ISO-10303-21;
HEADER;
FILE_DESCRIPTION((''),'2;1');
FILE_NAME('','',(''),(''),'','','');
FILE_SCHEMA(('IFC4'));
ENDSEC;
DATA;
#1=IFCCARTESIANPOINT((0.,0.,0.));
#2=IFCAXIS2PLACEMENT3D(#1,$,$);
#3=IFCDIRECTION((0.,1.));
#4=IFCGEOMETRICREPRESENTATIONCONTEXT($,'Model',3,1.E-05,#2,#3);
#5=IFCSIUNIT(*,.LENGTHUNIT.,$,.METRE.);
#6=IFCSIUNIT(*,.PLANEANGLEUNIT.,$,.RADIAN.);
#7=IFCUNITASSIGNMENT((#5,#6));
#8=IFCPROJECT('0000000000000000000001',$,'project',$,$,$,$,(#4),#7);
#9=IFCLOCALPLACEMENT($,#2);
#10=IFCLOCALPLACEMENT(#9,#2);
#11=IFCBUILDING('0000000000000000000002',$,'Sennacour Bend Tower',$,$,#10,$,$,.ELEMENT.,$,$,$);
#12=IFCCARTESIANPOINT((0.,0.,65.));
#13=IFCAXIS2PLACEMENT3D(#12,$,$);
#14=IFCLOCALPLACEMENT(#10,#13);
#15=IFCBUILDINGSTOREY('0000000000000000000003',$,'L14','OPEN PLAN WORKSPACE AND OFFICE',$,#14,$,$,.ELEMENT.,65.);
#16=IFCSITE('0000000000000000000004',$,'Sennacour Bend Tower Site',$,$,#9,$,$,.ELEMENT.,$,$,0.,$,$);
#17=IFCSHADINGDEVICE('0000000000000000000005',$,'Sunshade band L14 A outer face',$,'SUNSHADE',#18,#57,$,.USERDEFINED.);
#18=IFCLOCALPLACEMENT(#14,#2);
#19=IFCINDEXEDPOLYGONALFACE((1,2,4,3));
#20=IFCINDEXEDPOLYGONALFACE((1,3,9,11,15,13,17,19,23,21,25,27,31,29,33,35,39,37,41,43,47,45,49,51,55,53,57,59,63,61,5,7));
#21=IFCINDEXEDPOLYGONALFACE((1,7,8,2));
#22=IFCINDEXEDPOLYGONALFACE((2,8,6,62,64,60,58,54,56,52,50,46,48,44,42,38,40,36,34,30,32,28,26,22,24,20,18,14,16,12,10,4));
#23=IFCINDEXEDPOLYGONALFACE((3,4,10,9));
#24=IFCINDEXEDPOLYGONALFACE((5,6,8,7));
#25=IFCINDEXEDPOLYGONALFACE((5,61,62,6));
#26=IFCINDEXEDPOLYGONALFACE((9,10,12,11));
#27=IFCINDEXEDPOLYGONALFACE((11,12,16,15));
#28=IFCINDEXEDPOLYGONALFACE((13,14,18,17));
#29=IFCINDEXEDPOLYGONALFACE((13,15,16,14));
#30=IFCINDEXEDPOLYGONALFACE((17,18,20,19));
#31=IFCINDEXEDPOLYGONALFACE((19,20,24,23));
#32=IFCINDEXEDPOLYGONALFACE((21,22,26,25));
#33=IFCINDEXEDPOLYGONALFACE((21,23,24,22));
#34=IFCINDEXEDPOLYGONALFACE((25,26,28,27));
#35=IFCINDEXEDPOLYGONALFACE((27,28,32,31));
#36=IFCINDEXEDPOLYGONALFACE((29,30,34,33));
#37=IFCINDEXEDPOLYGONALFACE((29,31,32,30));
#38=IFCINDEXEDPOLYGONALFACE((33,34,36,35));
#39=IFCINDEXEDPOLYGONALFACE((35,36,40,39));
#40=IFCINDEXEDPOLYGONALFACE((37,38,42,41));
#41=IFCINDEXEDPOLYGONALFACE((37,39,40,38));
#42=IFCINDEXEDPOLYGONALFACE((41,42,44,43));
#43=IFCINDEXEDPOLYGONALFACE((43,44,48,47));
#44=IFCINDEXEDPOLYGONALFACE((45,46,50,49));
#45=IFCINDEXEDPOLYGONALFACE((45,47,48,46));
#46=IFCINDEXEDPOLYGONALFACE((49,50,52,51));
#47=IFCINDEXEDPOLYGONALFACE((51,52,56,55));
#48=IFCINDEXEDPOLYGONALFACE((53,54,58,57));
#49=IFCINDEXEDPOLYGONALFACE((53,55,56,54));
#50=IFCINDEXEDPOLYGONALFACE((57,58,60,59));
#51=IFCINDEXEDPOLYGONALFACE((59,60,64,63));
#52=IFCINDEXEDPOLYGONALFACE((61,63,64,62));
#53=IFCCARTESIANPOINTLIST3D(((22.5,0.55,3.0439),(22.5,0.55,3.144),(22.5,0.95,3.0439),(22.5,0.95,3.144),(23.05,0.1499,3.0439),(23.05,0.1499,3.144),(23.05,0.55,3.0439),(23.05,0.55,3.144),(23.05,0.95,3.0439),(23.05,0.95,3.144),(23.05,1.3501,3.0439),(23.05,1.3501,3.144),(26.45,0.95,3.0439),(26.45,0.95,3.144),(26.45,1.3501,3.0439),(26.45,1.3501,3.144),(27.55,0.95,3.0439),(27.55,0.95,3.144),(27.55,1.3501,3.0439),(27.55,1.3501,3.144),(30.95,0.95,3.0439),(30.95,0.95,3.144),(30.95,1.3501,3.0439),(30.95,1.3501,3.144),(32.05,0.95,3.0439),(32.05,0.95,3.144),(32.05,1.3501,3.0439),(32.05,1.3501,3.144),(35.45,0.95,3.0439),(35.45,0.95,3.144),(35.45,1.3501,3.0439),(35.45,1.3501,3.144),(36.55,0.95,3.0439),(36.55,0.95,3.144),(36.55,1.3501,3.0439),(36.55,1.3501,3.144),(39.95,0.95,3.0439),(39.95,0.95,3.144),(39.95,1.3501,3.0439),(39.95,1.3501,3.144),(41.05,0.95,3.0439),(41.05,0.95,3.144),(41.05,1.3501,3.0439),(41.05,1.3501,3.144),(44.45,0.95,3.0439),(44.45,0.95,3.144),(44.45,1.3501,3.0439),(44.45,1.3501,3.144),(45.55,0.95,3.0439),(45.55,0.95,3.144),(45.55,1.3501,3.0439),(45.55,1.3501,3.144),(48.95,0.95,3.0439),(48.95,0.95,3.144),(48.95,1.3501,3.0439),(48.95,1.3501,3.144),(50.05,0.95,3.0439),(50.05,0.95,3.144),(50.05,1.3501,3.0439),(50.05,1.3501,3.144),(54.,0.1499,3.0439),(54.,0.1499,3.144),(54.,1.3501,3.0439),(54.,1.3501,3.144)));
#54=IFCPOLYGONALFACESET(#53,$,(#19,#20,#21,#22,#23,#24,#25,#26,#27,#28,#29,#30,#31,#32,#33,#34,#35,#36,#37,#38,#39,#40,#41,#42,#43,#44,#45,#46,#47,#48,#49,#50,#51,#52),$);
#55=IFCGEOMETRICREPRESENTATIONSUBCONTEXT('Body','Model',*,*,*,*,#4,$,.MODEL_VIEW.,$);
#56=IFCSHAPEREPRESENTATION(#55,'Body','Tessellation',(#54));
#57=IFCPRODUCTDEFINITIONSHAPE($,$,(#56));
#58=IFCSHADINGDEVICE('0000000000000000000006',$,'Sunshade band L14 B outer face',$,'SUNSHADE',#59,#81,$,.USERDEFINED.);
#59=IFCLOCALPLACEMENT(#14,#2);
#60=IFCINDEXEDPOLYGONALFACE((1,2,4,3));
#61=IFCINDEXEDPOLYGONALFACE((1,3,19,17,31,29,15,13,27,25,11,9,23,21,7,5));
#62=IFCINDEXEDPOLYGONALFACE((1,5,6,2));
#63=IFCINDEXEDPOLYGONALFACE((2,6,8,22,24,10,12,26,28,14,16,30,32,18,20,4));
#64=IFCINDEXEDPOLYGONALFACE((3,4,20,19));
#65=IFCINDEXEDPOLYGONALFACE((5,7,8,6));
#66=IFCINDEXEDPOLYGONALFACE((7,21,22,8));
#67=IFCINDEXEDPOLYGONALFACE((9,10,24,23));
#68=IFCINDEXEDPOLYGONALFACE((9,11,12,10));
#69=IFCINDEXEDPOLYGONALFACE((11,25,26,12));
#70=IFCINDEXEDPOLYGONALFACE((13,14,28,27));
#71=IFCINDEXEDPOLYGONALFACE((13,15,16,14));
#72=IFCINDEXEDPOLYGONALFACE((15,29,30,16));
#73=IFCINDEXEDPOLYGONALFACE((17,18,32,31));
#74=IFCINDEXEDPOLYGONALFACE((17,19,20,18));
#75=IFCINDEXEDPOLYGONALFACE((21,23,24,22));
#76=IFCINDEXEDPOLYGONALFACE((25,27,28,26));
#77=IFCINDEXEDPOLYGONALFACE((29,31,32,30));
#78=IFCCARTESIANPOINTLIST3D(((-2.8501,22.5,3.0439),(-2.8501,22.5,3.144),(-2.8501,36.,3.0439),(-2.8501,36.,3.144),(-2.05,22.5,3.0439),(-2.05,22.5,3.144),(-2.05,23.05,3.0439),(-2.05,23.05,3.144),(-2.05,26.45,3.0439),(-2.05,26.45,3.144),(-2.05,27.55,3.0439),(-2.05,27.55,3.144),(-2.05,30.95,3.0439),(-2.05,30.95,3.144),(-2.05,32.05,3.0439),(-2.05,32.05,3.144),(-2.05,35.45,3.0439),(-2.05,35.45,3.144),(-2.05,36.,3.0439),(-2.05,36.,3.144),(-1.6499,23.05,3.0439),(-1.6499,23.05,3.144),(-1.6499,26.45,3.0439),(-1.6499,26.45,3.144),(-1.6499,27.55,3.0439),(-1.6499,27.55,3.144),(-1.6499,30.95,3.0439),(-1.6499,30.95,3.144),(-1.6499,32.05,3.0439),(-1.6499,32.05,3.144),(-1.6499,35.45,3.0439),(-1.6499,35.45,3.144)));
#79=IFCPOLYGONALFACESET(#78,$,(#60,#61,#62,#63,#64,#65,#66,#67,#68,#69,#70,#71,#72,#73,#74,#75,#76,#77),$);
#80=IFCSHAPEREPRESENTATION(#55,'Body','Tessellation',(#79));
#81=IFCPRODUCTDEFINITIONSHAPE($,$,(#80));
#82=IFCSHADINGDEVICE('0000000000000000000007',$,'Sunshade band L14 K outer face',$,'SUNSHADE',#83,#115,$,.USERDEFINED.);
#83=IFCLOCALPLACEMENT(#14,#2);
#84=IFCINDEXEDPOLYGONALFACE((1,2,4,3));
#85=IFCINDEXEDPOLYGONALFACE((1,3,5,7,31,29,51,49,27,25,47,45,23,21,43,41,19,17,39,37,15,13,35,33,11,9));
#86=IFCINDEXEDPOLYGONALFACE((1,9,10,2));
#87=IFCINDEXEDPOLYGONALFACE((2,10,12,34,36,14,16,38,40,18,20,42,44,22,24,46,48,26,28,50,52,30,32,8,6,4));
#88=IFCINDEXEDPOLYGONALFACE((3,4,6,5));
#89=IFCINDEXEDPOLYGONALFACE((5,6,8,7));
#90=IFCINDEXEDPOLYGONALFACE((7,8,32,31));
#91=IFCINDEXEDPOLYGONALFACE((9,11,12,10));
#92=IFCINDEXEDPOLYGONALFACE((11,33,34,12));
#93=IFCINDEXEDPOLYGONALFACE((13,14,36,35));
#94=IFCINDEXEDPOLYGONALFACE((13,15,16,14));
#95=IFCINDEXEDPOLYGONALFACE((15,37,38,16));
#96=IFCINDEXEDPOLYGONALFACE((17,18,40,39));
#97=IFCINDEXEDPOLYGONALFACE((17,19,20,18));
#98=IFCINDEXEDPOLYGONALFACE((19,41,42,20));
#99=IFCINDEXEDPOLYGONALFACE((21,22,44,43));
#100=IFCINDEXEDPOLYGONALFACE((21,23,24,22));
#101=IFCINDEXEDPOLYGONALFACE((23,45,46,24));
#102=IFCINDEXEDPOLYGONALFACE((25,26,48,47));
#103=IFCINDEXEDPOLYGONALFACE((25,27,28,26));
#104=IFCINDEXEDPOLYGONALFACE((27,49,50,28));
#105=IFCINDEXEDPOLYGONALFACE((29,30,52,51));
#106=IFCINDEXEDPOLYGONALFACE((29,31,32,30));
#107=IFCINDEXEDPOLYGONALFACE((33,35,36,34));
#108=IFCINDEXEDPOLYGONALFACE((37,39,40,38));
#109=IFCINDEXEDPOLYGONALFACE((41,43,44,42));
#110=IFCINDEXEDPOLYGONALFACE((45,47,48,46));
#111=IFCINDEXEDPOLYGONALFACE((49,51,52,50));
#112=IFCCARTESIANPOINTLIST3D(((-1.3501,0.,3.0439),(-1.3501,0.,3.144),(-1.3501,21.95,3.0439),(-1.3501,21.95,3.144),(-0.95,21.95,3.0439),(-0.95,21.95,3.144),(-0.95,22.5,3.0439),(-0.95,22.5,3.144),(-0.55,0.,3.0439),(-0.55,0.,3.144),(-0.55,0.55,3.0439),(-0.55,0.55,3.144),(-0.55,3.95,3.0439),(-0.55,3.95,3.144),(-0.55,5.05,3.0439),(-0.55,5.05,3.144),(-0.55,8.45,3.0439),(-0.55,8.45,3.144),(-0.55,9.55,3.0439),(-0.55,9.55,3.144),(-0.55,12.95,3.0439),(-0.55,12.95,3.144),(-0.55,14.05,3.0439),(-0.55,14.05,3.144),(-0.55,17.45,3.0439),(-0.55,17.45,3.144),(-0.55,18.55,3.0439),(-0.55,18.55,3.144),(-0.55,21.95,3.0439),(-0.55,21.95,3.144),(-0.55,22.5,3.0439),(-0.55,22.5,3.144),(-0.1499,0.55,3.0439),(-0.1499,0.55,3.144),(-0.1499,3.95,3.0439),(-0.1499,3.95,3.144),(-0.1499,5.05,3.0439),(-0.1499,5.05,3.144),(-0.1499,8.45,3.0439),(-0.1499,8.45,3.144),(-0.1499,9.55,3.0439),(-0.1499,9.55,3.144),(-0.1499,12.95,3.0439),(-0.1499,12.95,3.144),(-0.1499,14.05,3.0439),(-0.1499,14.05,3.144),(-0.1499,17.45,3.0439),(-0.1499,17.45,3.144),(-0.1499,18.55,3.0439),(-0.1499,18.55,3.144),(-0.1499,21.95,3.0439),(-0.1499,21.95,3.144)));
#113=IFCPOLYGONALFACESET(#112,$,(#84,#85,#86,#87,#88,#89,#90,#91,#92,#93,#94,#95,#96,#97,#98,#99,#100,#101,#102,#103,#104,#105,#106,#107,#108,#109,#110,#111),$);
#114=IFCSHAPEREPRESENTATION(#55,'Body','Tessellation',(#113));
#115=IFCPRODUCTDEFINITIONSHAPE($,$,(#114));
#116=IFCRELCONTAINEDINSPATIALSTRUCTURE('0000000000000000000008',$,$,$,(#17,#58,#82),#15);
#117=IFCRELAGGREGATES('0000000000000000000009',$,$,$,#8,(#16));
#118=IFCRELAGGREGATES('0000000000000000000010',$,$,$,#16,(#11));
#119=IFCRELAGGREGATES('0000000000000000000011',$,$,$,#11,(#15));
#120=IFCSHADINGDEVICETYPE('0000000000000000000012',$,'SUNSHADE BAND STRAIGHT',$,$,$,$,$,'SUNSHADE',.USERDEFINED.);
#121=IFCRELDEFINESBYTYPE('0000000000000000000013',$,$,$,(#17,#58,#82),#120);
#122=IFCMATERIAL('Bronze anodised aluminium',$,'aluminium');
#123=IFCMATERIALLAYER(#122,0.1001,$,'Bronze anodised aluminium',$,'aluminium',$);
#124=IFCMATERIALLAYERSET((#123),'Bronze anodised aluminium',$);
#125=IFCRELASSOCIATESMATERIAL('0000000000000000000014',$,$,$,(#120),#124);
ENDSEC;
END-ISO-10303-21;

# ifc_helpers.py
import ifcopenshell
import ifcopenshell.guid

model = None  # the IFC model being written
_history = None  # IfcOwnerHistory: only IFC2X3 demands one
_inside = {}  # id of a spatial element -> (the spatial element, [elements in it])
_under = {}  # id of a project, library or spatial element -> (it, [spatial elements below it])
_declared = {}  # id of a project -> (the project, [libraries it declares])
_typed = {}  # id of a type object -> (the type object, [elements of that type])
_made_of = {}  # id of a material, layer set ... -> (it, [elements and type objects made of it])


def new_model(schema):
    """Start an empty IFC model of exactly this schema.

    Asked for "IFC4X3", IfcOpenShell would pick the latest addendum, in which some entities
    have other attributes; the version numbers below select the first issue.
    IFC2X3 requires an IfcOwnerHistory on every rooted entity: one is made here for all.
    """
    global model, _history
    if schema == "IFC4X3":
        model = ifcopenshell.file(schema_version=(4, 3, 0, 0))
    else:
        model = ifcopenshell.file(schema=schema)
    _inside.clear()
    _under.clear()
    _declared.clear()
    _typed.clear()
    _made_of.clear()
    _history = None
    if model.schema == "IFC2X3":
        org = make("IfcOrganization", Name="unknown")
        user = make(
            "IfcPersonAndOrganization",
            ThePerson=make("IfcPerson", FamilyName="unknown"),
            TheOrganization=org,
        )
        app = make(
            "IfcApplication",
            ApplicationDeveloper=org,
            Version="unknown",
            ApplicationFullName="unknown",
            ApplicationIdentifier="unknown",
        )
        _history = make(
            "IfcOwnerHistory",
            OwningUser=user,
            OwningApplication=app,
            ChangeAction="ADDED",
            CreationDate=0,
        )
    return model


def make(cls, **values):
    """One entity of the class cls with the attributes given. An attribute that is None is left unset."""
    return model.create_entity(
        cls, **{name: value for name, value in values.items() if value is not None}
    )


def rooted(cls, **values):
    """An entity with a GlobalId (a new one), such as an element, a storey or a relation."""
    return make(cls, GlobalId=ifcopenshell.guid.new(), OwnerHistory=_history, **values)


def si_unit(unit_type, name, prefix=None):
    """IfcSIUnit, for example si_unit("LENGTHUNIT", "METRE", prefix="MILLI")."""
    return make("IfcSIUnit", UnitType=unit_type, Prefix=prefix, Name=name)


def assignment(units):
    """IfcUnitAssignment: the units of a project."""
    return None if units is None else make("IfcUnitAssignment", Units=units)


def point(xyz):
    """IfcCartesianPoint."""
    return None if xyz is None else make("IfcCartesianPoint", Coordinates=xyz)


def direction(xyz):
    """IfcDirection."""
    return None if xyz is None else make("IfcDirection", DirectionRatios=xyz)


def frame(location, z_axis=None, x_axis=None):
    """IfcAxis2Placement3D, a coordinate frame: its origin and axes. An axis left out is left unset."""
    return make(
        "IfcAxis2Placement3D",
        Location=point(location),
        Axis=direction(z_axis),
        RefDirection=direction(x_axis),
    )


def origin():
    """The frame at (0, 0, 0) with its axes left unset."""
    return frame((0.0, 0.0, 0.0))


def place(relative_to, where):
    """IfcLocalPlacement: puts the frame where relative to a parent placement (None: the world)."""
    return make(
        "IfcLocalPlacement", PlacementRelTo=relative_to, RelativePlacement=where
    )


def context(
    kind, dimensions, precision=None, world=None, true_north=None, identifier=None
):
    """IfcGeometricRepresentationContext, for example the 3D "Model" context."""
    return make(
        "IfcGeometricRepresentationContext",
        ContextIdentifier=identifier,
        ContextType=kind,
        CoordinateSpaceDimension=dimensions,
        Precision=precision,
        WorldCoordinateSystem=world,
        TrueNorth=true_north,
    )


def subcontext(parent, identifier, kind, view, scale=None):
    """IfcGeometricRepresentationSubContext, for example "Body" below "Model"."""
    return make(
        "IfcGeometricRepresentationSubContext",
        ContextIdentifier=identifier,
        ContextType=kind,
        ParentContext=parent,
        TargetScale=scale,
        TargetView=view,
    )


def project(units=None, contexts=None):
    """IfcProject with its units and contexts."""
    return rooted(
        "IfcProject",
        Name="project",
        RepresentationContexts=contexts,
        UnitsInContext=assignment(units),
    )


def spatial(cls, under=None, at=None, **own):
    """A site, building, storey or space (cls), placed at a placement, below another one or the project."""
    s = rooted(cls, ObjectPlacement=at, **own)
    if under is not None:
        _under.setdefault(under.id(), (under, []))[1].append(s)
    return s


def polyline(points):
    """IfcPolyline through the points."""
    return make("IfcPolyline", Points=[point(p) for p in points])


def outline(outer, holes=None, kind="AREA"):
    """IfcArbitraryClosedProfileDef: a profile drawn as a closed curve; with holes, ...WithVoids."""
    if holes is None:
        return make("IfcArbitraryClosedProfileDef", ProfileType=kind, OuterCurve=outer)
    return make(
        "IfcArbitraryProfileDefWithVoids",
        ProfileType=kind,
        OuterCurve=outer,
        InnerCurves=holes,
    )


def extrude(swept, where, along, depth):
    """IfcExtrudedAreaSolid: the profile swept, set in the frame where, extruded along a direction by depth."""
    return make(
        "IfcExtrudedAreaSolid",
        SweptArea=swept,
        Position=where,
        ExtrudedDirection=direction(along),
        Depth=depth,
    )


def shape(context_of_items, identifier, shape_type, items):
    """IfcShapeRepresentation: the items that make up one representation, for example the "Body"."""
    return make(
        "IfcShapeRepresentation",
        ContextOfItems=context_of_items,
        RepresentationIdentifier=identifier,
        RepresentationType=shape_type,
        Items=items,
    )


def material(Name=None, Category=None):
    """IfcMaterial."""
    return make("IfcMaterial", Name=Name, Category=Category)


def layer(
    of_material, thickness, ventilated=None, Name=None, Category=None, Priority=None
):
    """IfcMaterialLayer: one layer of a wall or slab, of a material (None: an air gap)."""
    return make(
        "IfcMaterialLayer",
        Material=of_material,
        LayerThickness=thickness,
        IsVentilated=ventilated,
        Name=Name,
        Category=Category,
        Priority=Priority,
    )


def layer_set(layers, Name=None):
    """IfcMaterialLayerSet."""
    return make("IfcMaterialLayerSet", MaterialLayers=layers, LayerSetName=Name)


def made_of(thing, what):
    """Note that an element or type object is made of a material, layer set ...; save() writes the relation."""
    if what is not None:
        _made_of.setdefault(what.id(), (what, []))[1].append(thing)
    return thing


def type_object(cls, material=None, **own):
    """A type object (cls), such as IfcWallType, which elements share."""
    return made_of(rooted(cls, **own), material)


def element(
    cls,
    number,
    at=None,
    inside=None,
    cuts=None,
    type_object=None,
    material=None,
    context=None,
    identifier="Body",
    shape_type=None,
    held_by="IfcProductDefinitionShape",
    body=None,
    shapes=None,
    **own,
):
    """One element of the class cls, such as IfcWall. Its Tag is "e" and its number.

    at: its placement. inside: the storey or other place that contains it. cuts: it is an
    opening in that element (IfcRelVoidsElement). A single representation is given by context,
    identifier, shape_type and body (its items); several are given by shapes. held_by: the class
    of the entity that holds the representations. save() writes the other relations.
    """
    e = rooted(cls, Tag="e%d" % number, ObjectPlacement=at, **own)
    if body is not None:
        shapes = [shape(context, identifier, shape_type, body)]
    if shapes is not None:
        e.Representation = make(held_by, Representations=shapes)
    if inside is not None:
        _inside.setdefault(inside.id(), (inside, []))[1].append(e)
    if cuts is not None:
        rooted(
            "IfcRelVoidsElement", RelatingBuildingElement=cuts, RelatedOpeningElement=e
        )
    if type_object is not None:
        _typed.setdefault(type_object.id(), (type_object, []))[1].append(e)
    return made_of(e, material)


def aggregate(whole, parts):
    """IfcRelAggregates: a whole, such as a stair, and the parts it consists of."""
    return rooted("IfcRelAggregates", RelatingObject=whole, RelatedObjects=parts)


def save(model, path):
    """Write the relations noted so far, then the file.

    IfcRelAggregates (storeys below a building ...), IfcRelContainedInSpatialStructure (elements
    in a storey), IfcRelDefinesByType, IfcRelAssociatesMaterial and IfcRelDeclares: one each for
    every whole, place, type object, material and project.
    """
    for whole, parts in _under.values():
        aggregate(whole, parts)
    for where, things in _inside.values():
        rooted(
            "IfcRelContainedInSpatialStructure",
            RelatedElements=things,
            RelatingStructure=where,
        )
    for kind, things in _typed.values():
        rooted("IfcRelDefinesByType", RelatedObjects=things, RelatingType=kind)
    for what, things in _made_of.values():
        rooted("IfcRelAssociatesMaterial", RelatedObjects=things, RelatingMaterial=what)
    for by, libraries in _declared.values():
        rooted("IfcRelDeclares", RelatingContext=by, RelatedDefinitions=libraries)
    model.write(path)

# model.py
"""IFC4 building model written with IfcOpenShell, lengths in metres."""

from ifc_helpers import new_model, si_unit, direction, frame, origin, place, context, subcontext, project, spatial, polyline, outline, extrude, material, layer, layer_set, type_object, element, save


model = new_model("IFC4")

# Units and contexts
model_context = context("Model", 3, precision=1e-05, world=origin(), true_north=direction((0.0, 1.0)))
body_context = subcontext(model_context, "Body", "Model", "MODEL_VIEW")
ifc_project = project(units=[si_unit("LENGTHUNIT", "METRE"), si_unit("PLANEANGLEUNIT", "RADIAN")], contexts=[model_context])

# Site, building, storey
site_placement = place(None, origin())
site = spatial("IfcSite", under=ifc_project, at=site_placement, Name="Sennacour Bend Tower Site", CompositionType="ELEMENT", RefElevation=0.0)
building_placement = place(site_placement, origin())
building = spatial("IfcBuilding", under=site, at=building_placement, Name="Sennacour Bend Tower", CompositionType="ELEMENT")
storey_placement = place(building_placement, frame((0.0, 0.0, 65.0)))
storey = spatial("IfcBuildingStorey", under=building, at=storey_placement, Name="L14", Description="OPEN PLAN WORKSPACE AND OFFICE", CompositionType="ELEMENT", Elevation=65.0)

# Shading devices
ifc_material_1 = material(Name="Bronze anodised aluminium", Category="aluminium")
ifc_layer_1 = layer(ifc_material_1, 0.1001, Name="Bronze anodised aluminium", Category="aluminium")
ifc_layer_set_1 = layer_set([ifc_layer_1], Name="Bronze anodised aluminium")
shading_device_type_1 = type_object("IfcShadingDeviceType", Name="SUNSHADE BAND STRAIGHT", ElementType="SUNSHADE", PredefinedType="USERDEFINED", material=ifc_layer_set_1)
shading_device_1_placement = place(storey_placement, frame((0.0, 0.0, 3.0439)))
element("IfcShadingDevice", 1, at=shading_device_1_placement, inside=storey, type_object=shading_device_type_1, Name="Sunshade band L14 A outer face", ObjectType="SUNSHADE", PredefinedType="USERDEFINED", context=body_context, shape_type="SweptSolid", body=[
    extrude(outline(polyline([(26.45, 1.3501), (26.45, 0.95), (27.55, 0.95), (27.55, 1.3501), (30.95, 1.3501), (30.95, 0.95), (32.05, 0.95), (32.05, 1.3501), (35.45, 1.3501), (35.45, 0.95), (36.55, 0.95), (36.55, 1.3501), (39.95, 1.3501), (39.95, 0.95), (41.05, 0.95), (41.05, 1.3501), (44.45, 1.3501), (44.45, 0.95), (45.55, 0.95), (45.55, 1.3501), (48.95, 1.3501), (48.95, 0.95), (50.05, 0.95), (50.05, 1.3501), (54.0, 1.3501), (54.0, 0.1499), (23.05, 0.1499), (23.05, 0.55), (22.5, 0.55), (22.5, 0.95), (23.05, 0.95), (23.05, 1.3501), (26.45, 1.3501)])), origin(), (0.0, 0.0, 1.0), 0.1001),
])
shading_device_2_placement = place(storey_placement, frame((0.0, 0.0, 3.0439)))
element("IfcShadingDevice", 2, at=shading_device_2_placement, inside=storey, type_object=shading_device_type_1, Name="Sunshade band L14 B outer face", ObjectType="SUNSHADE", PredefinedType="USERDEFINED", context=body_context, shape_type="SweptSolid", body=[
    extrude(outline(polyline([(-1.6499, 32.05), (-2.05, 32.05), (-2.05, 30.95), (-1.6499, 30.95), (-1.6499, 27.55), (-2.05, 27.55), (-2.05, 26.45), (-1.6499, 26.45), (-1.6499, 23.05), (-2.05, 23.05), (-2.05, 22.5), (-2.8501, 22.5), (-2.8501, 36.0), (-2.05, 36.0), (-2.05, 35.45), (-1.6499, 35.45), (-1.6499, 32.05)])), origin(), (0.0, 0.0, 1.0), 0.1001),
])
shading_device_3_placement = place(storey_placement, frame((0.0, 0.0, 3.0439)))
element("IfcShadingDevice", 3, at=shading_device_3_placement, inside=storey, type_object=shading_device_type_1, Name="Sunshade band L14 K outer face", ObjectType="SUNSHADE", PredefinedType="USERDEFINED", context=body_context, shape_type="SweptSolid", body=[
    extrude(outline(polyline([(-0.1499, 18.55), (-0.55, 18.55), (-0.55, 17.45), (-0.1499, 17.45), (-0.1499, 14.05), (-0.55, 14.05), (-0.55, 12.95), (-0.1499, 12.95), (-0.1499, 9.55), (-0.55, 9.55), (-0.55, 8.45), (-0.1499, 8.45), (-0.1499, 5.05), (-0.55, 5.05), (-0.55, 3.95), (-0.1499, 3.95), (-0.1499, 0.55), (-0.55, 0.55), (-0.55, 0.0), (-1.3501, 0.0), (-1.3501, 21.95), (-0.95, 21.95), (-0.95, 22.5), (-0.55, 22.5), (-0.55, 21.95), (-0.1499, 21.95), (-0.1499, 18.55)])), origin(), (0.0, 0.0, 1.0), 0.1001),
])

save(model, "model.ifc")
